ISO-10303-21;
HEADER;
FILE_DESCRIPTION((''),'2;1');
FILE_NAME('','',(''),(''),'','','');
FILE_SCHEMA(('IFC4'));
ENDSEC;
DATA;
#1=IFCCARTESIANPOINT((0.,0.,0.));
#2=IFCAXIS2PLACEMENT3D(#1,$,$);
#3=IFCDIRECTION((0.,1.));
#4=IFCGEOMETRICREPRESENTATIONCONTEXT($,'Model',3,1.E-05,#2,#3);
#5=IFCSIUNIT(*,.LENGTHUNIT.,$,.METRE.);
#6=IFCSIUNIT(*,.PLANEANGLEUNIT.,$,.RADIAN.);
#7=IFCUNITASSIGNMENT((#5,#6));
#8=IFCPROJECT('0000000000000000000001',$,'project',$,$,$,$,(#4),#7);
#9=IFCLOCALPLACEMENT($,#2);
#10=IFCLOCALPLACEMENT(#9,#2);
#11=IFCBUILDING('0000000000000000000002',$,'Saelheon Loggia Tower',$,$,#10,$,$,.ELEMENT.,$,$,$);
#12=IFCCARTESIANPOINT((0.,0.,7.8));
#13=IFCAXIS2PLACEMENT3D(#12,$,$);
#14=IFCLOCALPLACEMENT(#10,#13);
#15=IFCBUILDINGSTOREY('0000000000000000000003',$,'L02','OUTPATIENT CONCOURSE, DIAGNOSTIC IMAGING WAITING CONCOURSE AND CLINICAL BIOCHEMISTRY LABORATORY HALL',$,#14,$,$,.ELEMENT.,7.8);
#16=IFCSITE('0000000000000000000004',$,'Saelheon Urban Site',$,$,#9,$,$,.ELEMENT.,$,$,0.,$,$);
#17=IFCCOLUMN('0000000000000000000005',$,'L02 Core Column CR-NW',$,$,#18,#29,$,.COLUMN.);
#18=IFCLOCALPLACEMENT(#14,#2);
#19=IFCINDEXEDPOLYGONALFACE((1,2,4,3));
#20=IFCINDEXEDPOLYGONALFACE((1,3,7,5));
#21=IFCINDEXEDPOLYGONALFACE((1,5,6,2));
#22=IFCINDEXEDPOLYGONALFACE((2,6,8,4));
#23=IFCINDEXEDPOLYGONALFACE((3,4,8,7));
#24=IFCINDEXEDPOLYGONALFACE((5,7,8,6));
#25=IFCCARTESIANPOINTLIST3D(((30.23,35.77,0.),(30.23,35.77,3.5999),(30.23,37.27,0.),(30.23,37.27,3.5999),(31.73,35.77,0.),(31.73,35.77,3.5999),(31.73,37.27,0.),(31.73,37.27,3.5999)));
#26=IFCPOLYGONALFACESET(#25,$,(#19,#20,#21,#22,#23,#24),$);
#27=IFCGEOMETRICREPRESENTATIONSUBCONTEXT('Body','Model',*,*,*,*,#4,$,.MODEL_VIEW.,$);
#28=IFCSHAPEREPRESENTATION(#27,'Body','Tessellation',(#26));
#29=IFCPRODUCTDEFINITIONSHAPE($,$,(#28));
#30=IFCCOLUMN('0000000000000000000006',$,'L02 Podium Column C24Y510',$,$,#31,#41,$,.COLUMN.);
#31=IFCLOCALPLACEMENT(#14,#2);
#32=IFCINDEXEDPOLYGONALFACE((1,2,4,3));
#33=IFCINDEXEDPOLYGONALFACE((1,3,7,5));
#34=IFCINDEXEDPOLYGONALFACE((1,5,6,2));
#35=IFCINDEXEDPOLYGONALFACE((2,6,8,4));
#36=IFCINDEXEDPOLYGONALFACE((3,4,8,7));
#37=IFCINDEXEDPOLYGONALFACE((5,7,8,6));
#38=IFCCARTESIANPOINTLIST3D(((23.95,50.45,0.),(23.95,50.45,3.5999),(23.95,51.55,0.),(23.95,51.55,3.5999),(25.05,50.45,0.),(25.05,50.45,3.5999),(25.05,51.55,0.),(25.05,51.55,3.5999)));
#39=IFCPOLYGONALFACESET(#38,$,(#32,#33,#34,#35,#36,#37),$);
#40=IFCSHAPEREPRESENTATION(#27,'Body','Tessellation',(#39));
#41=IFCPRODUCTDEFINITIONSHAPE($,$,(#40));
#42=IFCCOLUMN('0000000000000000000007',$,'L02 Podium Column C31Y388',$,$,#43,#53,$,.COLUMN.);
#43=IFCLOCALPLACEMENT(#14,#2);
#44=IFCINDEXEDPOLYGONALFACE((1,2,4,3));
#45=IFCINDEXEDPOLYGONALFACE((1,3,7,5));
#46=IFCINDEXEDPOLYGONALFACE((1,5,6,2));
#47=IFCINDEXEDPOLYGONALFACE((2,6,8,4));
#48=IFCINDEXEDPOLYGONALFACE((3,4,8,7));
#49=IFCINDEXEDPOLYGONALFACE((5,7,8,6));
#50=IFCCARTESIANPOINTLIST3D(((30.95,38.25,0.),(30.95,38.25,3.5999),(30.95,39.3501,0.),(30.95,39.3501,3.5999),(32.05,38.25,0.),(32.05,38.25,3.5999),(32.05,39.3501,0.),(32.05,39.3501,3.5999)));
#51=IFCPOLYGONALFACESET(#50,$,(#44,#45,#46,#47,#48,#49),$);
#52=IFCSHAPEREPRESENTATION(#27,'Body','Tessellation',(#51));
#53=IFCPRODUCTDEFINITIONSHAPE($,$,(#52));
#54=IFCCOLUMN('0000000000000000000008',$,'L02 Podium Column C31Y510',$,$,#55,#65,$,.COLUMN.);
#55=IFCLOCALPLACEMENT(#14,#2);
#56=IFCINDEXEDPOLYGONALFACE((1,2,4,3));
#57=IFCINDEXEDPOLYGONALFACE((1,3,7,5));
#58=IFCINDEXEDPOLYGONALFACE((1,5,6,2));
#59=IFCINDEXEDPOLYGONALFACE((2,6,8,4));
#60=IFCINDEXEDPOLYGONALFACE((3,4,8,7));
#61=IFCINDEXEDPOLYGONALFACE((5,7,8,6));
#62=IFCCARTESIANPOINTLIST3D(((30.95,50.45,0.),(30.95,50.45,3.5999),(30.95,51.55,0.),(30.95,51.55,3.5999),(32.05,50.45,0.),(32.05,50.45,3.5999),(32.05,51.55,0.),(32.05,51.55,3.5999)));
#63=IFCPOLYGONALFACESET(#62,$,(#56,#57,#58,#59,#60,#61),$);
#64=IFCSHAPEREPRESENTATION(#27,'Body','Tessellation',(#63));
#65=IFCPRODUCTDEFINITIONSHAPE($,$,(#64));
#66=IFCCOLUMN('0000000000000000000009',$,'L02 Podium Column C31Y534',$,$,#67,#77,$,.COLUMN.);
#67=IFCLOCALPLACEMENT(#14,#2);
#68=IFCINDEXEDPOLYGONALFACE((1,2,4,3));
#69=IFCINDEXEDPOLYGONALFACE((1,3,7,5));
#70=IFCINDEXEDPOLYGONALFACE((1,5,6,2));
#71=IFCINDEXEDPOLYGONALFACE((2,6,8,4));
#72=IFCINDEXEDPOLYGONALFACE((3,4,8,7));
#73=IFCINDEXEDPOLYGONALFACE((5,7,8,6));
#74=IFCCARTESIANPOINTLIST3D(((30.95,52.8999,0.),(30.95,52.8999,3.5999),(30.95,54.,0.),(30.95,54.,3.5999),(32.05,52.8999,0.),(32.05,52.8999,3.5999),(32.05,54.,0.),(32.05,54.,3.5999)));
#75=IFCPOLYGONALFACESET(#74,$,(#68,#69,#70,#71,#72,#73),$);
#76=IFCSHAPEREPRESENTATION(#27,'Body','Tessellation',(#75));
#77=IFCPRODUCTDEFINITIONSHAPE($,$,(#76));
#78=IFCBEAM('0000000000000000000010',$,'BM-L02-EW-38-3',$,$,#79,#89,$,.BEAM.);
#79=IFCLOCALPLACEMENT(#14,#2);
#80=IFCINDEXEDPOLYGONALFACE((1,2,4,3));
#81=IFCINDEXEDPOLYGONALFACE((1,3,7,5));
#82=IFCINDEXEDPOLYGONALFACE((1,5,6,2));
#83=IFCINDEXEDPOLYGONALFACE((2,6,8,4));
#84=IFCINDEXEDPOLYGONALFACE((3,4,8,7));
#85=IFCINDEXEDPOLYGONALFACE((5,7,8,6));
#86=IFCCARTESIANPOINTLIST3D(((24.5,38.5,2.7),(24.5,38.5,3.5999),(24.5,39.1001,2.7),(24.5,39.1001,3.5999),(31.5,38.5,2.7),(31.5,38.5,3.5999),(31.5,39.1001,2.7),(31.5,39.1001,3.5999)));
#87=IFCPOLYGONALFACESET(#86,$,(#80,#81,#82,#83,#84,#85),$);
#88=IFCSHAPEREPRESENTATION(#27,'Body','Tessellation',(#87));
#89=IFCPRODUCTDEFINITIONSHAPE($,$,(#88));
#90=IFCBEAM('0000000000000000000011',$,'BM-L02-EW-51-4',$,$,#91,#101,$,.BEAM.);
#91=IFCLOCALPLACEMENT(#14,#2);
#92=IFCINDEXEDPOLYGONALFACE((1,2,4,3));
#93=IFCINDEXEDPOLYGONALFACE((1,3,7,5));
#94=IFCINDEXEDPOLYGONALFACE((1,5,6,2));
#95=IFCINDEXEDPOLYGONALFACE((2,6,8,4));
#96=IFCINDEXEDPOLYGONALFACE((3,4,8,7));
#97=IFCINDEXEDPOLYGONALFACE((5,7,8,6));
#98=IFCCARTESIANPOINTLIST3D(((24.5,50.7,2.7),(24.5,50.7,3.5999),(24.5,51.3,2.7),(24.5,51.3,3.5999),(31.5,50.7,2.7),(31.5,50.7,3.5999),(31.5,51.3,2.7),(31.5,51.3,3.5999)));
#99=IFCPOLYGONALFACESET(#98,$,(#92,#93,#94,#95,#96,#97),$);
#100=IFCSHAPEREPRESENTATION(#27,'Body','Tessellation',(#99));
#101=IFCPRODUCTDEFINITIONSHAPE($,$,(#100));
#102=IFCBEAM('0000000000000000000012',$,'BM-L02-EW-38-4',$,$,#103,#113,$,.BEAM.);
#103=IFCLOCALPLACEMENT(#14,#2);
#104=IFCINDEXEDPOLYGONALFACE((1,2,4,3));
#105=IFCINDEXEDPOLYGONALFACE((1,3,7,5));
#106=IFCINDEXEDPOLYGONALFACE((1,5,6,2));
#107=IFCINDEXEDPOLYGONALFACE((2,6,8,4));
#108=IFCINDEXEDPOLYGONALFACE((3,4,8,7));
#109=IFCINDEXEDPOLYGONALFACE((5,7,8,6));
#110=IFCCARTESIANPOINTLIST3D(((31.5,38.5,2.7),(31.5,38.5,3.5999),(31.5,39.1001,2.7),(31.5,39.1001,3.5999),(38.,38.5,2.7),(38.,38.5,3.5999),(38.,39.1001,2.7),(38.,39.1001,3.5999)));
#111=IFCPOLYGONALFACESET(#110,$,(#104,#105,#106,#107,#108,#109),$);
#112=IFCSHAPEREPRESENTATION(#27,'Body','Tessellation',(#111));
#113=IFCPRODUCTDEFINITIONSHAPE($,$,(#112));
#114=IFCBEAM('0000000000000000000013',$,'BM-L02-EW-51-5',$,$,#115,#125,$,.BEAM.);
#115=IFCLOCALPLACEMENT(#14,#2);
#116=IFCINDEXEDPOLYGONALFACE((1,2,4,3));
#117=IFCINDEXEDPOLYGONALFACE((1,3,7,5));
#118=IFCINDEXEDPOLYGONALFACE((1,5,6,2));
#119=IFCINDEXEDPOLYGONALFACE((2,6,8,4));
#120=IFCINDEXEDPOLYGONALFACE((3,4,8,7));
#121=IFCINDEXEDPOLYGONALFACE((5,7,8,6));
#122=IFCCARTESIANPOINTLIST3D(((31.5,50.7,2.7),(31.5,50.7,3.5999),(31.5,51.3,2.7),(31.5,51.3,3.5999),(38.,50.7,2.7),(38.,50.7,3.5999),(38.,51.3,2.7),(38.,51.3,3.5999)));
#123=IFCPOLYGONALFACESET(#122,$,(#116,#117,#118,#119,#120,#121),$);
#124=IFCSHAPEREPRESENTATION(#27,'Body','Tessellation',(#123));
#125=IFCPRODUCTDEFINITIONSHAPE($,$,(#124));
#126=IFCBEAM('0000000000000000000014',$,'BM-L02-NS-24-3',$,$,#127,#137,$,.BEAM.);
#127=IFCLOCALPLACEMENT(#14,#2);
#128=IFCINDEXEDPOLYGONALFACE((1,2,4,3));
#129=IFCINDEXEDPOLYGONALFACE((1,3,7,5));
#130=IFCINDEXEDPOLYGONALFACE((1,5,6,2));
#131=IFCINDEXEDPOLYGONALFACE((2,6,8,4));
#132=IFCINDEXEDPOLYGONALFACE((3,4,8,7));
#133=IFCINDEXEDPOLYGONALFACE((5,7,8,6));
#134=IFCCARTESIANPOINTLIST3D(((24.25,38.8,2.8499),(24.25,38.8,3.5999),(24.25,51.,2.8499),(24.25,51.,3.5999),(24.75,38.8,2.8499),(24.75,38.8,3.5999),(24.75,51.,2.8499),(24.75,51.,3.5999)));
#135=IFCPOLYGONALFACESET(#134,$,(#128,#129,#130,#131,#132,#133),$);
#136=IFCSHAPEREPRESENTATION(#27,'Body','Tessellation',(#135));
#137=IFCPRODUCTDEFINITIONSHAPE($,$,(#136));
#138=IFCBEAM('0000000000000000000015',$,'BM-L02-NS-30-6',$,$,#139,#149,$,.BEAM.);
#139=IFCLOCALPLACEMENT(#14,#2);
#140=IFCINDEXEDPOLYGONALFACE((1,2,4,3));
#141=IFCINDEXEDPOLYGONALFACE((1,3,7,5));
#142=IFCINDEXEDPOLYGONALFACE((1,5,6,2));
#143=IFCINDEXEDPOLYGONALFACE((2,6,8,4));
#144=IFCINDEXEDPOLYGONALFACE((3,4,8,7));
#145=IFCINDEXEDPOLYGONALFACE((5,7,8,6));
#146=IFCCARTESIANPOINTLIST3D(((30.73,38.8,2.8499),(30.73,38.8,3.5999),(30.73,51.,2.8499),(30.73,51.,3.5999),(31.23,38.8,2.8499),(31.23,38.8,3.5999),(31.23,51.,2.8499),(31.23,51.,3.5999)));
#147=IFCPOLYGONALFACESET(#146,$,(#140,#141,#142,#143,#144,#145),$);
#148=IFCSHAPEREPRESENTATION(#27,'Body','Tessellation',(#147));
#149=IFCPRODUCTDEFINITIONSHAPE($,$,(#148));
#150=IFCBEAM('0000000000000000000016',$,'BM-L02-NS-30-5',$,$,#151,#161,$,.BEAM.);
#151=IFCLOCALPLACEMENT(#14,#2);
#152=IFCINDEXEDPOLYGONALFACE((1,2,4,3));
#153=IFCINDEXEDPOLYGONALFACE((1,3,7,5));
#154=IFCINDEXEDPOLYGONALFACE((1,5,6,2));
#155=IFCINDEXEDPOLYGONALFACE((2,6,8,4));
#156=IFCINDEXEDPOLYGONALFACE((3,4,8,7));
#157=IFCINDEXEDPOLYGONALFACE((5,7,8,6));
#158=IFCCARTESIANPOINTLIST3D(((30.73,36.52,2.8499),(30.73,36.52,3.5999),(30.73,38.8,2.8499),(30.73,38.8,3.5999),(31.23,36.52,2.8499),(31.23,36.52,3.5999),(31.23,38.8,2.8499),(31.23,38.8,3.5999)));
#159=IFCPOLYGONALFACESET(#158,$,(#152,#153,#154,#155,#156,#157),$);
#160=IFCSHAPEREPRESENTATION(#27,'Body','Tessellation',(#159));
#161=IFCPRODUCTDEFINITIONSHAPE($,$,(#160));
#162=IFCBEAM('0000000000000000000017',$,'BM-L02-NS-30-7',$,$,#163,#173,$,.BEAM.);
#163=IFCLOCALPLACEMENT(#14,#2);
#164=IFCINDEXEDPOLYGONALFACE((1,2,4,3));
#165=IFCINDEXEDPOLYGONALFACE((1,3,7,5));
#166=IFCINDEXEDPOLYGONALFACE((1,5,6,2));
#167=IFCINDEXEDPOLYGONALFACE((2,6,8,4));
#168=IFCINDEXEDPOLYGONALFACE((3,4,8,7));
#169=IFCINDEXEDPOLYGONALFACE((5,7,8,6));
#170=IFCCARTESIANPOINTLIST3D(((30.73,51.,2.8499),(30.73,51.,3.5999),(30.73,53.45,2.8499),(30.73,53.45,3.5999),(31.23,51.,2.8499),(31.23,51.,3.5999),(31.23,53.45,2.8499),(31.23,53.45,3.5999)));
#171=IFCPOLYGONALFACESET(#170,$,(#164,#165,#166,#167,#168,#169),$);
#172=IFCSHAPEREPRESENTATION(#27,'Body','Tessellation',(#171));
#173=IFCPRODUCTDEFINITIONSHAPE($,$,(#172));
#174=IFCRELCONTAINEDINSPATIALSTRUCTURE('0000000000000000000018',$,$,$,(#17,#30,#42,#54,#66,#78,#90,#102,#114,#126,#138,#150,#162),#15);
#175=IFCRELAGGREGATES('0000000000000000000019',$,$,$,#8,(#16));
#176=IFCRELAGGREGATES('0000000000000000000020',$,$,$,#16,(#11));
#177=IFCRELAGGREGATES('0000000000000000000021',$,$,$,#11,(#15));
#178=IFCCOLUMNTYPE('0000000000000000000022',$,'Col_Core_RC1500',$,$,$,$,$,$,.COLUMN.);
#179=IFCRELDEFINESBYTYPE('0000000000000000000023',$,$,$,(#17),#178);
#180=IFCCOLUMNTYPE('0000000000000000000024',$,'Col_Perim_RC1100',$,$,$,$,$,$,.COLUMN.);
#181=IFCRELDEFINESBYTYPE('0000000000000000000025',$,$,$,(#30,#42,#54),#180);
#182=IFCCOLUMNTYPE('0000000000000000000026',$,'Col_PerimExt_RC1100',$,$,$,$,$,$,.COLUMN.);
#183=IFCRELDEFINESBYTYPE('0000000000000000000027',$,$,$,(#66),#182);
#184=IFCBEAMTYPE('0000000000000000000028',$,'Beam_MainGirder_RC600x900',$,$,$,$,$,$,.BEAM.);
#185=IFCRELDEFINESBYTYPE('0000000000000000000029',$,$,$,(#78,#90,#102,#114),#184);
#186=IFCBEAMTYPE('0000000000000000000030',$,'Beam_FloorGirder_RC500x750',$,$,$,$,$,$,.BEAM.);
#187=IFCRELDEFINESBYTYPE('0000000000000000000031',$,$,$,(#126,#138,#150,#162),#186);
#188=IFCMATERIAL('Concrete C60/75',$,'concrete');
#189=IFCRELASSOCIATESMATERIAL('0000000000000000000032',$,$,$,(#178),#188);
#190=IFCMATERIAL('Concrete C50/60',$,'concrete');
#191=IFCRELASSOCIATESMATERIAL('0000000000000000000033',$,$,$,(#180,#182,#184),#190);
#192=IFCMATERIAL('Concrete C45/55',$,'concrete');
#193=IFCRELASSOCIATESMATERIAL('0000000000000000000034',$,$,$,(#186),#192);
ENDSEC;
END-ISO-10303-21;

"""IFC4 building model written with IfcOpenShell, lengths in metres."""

from ifc_helpers import new_model, si_unit, direction, frame, origin, origin_2d, place, context, subcontext, project, spatial, rectangle, extrude, source, transform, mapped, material, material_profile, profile_set, type_object, element, save


model = new_model("IFC4")

# Units and contexts
model_context = context("Model", 3, precision=1e-05, world=origin(), true_north=direction((0.0, 1.0)))
body_context = subcontext(model_context, "Body", "Model", "MODEL_VIEW")
ifc_project = project(units=[si_unit("LENGTHUNIT", "METRE"), si_unit("PLANEANGLEUNIT", "RADIAN")], contexts=[model_context])

# Site, building, storey
site_placement = place(None, origin())
site = spatial("IfcSite", under=ifc_project, at=site_placement, Name="Saelheon Urban Site", CompositionType="ELEMENT", RefElevation=0.0)
building_placement = place(site_placement, origin())
building = spatial("IfcBuilding", under=site, at=building_placement, Name="Saelheon Loggia Tower", CompositionType="ELEMENT")
storey_placement = place(building_placement, frame((0.0, 0.0, 7.8)))
storey = spatial("IfcBuildingStorey", under=building, at=storey_placement, Name="L02", Description="OUTPATIENT CONCOURSE, DIAGNOSTIC IMAGING WAITING CONCOURSE AND CLINICAL BIOCHEMISTRY LABORATORY HALL", CompositionType="ELEMENT", Elevation=7.8)

# Columns
ifc_material_1 = material(Name="Concrete C60/75", Category="concrete")
ifc_material_profile_1 = material_profile(ifc_material_1, rectangle(XDim=1.5, YDim=1.5, at=origin_2d()), Name="RC-1500x1500")
ifc_profile_set_1 = profile_set([ifc_material_profile_1], Name="Concrete C60/75")
column_type_1 = type_object("IfcColumnType", Name="Col_Core_RC1500", PredefinedType="COLUMN", material=ifc_profile_set_1)
shared_shape_1 = source(origin(), body_context, "Body", "SweptSolid", [
    extrude(rectangle(XDim=1.5, YDim=1.5, at=origin_2d()), origin(), (0.0, 0.0, 1.0), 3.5999),
])
column_1_placement = place(storey_placement, frame((30.98, 36.52, 0.0), z_axis=(0.0, 0.0, 1.0), x_axis=(1.0, 0.0, 0.0)))
element("IfcColumn", 1, at=column_1_placement, inside=storey, type_object=column_type_1, Name="L02 Core Column CR-NW", PredefinedType="COLUMN", context=body_context, shape_type="MappedRepresentation", body=[
    mapped(shared_shape_1, transform((0.0, 0.0, 0.0), scale=1.0)),
])
ifc_material_2 = material(Name="Concrete C50/60", Category="concrete")
ifc_material_profile_2 = material_profile(ifc_material_2, rectangle(XDim=1.1001, YDim=1.1001, at=origin_2d()), Name="RC-1100x1100")
ifc_profile_set_2 = profile_set([ifc_material_profile_2], Name="Concrete C50/60")
column_type_2 = type_object("IfcColumnType", Name="Col_Perim_RC1100", PredefinedType="COLUMN", material=ifc_profile_set_2)
shared_shape_2 = source(origin(), body_context, "Body", "SweptSolid", [
    extrude(rectangle(XDim=1.1001, YDim=1.1001, at=origin_2d()), origin(), (0.0, 0.0, 1.0), 3.5999),
])
for number, where, z_axis, x_axis, name in (
    (2, (24.5, 51.0, 0.0), (0.0, 0.0, 1.0), (1.0, 0.0, 0.0), "L02 Podium Column C24Y510"),
    (3, (31.5, 38.8, 0.0), (0.0, 0.0, 1.0), (1.0, 0.0, 0.0), "L02 Podium Column C31Y388"),
    (4, (31.5, 51.0, 0.0), (0.0, 0.0, 1.0), (1.0, 0.0, 0.0), "L02 Podium Column C31Y510"),
):
    element("IfcColumn", number, at=place(storey_placement, frame(where, z_axis=z_axis, x_axis=x_axis)), inside=storey, type_object=column_type_2, Name=name, PredefinedType="COLUMN", context=body_context, shape_type="MappedRepresentation", body=[
        mapped(shared_shape_2, transform((0.0, 0.0, 0.0), scale=1.0)),
    ])
ifc_material_profile_3 = material_profile(ifc_material_2, rectangle(XDim=1.1001, YDim=1.1001, at=origin_2d()), Name="RC-1100x1100")
ifc_profile_set_3 = profile_set([ifc_material_profile_3], Name="Concrete C50/60")
column_type_3 = type_object("IfcColumnType", Name="Col_PerimExt_RC1100", PredefinedType="COLUMN", material=ifc_profile_set_3)
column_2_placement = place(storey_placement, frame((31.5, 53.45, 0.0), z_axis=(0.0, 0.0, 1.0), x_axis=(1.0, 0.0, 0.0)))
element("IfcColumn", 5, at=column_2_placement, inside=storey, type_object=column_type_3, Name="L02 Podium Column C31Y534", PredefinedType="COLUMN", context=body_context, shape_type="MappedRepresentation", body=[
    mapped(shared_shape_2, transform((0.0, 0.0, 0.0), scale=1.0)),
])

# Beams
ifc_material_profile_4 = material_profile(ifc_material_2, rectangle(XDim=0.6001, YDim=0.8999, at=origin_2d()), Name="RC-600x900")
ifc_profile_set_4 = profile_set([ifc_material_profile_4], Name="Concrete C50/60")
beam_type_1 = type_object("IfcBeamType", Name="Beam_MainGirder_RC600x900", PredefinedType="BEAM", material=ifc_profile_set_4)
shared_shape_3 = source(origin(), body_context, "Body", "SweptSolid", [
    extrude(rectangle(XDim=0.6001, YDim=0.8999, at=origin_2d()), origin(), (0.0, 0.0, 1.0), 7.0),
])
for number, where, z_axis, x_axis, name in (
    (6, (24.5, 38.8, 3.1499), (1.0, 0.0, 0.0), (0.0, 1.0, 0.0), "BM-L02-EW-38-3"),
    (7, (24.5, 51.0, 3.1499), (1.0, 0.0, 0.0), (0.0, 1.0, 0.0), "BM-L02-EW-51-4"),
):
    element("IfcBeam", number, at=place(storey_placement, frame(where, z_axis=z_axis, x_axis=x_axis)), inside=storey, type_object=beam_type_1, Name=name, PredefinedType="BEAM", context=body_context, shape_type="MappedRepresentation", body=[
        mapped(shared_shape_3, transform((0.0, 0.0, 0.0), scale=1.0)),
    ])
shared_shape_4 = source(origin(), body_context, "Body", "SweptSolid", [
    extrude(rectangle(XDim=0.6001, YDim=0.8999, at=origin_2d()), origin(), (0.0, 0.0, 1.0), 6.5),
])
for number, where, z_axis, x_axis, name in (
    (8, (31.5, 38.8, 3.1499), (1.0, 0.0, 0.0), (0.0, 1.0, 0.0), "BM-L02-EW-38-4"),
    (9, (31.5, 51.0, 3.1499), (1.0, 0.0, 0.0), (0.0, 1.0, 0.0), "BM-L02-EW-51-5"),
):
    element("IfcBeam", number, at=place(storey_placement, frame(where, z_axis=z_axis, x_axis=x_axis)), inside=storey, type_object=beam_type_1, Name=name, PredefinedType="BEAM", context=body_context, shape_type="MappedRepresentation", body=[
        mapped(shared_shape_4, transform((0.0, 0.0, 0.0), scale=1.0)),
    ])
ifc_material_3 = material(Name="Concrete C45/55", Category="concrete")
ifc_material_profile_5 = material_profile(ifc_material_3, rectangle(XDim=0.5, YDim=0.75, at=origin_2d()), Name="RC-500x750")
ifc_profile_set_5 = profile_set([ifc_material_profile_5], Name="Concrete C45/55")
beam_type_2 = type_object("IfcBeamType", Name="Beam_FloorGirder_RC500x750", PredefinedType="BEAM", material=ifc_profile_set_5)
shared_shape_5 = source(origin(), body_context, "Body", "SweptSolid", [
    extrude(rectangle(XDim=0.5, YDim=0.75, at=origin_2d()), origin(), (0.0, 0.0, 1.0), 12.2),
])
for number, where, z_axis, x_axis, name in (
    (10, (24.5, 38.8, 3.2249), (0.0, 1.0, 0.0), (-1.0, 0.0, 0.0), "BM-L02-NS-24-3"),
    (11, (30.98, 38.8, 3.2249), (0.0, 1.0, 0.0), (-1.0, 0.0, 0.0), "BM-L02-NS-30-6"),
):
    element("IfcBeam", number, at=place(storey_placement, frame(where, z_axis=z_axis, x_axis=x_axis)), inside=storey, type_object=beam_type_2, Name=name, PredefinedType="BEAM", context=body_context, shape_type="MappedRepresentation", body=[
        mapped(shared_shape_5, transform((0.0, 0.0, 0.0), scale=1.0)),
    ])
shared_shape_6 = source(origin(), body_context, "Body", "SweptSolid", [
    extrude(rectangle(XDim=0.5, YDim=0.75, at=origin_2d()), origin(), (0.0, 0.0, 1.0), 2.28),
])
beam_1_placement = place(storey_placement, frame((30.98, 36.52, 3.2249), z_axis=(0.0, 1.0, 0.0), x_axis=(-1.0, 0.0, 0.0)))
element("IfcBeam", 12, at=beam_1_placement, inside=storey, type_object=beam_type_2, Name="BM-L02-NS-30-5", PredefinedType="BEAM", context=body_context, shape_type="MappedRepresentation", body=[
    mapped(shared_shape_6, transform((0.0, 0.0, 0.0), scale=1.0)),
])
shared_shape_7 = source(origin(), body_context, "Body", "SweptSolid", [
    extrude(rectangle(XDim=0.5, YDim=0.75, at=origin_2d()), origin(), (0.0, 0.0, 1.0), 2.45),
])
beam_2_placement = place(storey_placement, frame((30.98, 51.0, 3.2249), z_axis=(0.0, 1.0, 0.0), x_axis=(-1.0, 0.0, 0.0)))
element("IfcBeam", 13, at=beam_2_placement, inside=storey, type_object=beam_type_2, Name="BM-L02-NS-30-7", PredefinedType="BEAM", context=body_context, shape_type="MappedRepresentation", body=[
    mapped(shared_shape_7, transform((0.0, 0.0, 0.0), scale=1.0)),
])

save(model, "model.ifc")
